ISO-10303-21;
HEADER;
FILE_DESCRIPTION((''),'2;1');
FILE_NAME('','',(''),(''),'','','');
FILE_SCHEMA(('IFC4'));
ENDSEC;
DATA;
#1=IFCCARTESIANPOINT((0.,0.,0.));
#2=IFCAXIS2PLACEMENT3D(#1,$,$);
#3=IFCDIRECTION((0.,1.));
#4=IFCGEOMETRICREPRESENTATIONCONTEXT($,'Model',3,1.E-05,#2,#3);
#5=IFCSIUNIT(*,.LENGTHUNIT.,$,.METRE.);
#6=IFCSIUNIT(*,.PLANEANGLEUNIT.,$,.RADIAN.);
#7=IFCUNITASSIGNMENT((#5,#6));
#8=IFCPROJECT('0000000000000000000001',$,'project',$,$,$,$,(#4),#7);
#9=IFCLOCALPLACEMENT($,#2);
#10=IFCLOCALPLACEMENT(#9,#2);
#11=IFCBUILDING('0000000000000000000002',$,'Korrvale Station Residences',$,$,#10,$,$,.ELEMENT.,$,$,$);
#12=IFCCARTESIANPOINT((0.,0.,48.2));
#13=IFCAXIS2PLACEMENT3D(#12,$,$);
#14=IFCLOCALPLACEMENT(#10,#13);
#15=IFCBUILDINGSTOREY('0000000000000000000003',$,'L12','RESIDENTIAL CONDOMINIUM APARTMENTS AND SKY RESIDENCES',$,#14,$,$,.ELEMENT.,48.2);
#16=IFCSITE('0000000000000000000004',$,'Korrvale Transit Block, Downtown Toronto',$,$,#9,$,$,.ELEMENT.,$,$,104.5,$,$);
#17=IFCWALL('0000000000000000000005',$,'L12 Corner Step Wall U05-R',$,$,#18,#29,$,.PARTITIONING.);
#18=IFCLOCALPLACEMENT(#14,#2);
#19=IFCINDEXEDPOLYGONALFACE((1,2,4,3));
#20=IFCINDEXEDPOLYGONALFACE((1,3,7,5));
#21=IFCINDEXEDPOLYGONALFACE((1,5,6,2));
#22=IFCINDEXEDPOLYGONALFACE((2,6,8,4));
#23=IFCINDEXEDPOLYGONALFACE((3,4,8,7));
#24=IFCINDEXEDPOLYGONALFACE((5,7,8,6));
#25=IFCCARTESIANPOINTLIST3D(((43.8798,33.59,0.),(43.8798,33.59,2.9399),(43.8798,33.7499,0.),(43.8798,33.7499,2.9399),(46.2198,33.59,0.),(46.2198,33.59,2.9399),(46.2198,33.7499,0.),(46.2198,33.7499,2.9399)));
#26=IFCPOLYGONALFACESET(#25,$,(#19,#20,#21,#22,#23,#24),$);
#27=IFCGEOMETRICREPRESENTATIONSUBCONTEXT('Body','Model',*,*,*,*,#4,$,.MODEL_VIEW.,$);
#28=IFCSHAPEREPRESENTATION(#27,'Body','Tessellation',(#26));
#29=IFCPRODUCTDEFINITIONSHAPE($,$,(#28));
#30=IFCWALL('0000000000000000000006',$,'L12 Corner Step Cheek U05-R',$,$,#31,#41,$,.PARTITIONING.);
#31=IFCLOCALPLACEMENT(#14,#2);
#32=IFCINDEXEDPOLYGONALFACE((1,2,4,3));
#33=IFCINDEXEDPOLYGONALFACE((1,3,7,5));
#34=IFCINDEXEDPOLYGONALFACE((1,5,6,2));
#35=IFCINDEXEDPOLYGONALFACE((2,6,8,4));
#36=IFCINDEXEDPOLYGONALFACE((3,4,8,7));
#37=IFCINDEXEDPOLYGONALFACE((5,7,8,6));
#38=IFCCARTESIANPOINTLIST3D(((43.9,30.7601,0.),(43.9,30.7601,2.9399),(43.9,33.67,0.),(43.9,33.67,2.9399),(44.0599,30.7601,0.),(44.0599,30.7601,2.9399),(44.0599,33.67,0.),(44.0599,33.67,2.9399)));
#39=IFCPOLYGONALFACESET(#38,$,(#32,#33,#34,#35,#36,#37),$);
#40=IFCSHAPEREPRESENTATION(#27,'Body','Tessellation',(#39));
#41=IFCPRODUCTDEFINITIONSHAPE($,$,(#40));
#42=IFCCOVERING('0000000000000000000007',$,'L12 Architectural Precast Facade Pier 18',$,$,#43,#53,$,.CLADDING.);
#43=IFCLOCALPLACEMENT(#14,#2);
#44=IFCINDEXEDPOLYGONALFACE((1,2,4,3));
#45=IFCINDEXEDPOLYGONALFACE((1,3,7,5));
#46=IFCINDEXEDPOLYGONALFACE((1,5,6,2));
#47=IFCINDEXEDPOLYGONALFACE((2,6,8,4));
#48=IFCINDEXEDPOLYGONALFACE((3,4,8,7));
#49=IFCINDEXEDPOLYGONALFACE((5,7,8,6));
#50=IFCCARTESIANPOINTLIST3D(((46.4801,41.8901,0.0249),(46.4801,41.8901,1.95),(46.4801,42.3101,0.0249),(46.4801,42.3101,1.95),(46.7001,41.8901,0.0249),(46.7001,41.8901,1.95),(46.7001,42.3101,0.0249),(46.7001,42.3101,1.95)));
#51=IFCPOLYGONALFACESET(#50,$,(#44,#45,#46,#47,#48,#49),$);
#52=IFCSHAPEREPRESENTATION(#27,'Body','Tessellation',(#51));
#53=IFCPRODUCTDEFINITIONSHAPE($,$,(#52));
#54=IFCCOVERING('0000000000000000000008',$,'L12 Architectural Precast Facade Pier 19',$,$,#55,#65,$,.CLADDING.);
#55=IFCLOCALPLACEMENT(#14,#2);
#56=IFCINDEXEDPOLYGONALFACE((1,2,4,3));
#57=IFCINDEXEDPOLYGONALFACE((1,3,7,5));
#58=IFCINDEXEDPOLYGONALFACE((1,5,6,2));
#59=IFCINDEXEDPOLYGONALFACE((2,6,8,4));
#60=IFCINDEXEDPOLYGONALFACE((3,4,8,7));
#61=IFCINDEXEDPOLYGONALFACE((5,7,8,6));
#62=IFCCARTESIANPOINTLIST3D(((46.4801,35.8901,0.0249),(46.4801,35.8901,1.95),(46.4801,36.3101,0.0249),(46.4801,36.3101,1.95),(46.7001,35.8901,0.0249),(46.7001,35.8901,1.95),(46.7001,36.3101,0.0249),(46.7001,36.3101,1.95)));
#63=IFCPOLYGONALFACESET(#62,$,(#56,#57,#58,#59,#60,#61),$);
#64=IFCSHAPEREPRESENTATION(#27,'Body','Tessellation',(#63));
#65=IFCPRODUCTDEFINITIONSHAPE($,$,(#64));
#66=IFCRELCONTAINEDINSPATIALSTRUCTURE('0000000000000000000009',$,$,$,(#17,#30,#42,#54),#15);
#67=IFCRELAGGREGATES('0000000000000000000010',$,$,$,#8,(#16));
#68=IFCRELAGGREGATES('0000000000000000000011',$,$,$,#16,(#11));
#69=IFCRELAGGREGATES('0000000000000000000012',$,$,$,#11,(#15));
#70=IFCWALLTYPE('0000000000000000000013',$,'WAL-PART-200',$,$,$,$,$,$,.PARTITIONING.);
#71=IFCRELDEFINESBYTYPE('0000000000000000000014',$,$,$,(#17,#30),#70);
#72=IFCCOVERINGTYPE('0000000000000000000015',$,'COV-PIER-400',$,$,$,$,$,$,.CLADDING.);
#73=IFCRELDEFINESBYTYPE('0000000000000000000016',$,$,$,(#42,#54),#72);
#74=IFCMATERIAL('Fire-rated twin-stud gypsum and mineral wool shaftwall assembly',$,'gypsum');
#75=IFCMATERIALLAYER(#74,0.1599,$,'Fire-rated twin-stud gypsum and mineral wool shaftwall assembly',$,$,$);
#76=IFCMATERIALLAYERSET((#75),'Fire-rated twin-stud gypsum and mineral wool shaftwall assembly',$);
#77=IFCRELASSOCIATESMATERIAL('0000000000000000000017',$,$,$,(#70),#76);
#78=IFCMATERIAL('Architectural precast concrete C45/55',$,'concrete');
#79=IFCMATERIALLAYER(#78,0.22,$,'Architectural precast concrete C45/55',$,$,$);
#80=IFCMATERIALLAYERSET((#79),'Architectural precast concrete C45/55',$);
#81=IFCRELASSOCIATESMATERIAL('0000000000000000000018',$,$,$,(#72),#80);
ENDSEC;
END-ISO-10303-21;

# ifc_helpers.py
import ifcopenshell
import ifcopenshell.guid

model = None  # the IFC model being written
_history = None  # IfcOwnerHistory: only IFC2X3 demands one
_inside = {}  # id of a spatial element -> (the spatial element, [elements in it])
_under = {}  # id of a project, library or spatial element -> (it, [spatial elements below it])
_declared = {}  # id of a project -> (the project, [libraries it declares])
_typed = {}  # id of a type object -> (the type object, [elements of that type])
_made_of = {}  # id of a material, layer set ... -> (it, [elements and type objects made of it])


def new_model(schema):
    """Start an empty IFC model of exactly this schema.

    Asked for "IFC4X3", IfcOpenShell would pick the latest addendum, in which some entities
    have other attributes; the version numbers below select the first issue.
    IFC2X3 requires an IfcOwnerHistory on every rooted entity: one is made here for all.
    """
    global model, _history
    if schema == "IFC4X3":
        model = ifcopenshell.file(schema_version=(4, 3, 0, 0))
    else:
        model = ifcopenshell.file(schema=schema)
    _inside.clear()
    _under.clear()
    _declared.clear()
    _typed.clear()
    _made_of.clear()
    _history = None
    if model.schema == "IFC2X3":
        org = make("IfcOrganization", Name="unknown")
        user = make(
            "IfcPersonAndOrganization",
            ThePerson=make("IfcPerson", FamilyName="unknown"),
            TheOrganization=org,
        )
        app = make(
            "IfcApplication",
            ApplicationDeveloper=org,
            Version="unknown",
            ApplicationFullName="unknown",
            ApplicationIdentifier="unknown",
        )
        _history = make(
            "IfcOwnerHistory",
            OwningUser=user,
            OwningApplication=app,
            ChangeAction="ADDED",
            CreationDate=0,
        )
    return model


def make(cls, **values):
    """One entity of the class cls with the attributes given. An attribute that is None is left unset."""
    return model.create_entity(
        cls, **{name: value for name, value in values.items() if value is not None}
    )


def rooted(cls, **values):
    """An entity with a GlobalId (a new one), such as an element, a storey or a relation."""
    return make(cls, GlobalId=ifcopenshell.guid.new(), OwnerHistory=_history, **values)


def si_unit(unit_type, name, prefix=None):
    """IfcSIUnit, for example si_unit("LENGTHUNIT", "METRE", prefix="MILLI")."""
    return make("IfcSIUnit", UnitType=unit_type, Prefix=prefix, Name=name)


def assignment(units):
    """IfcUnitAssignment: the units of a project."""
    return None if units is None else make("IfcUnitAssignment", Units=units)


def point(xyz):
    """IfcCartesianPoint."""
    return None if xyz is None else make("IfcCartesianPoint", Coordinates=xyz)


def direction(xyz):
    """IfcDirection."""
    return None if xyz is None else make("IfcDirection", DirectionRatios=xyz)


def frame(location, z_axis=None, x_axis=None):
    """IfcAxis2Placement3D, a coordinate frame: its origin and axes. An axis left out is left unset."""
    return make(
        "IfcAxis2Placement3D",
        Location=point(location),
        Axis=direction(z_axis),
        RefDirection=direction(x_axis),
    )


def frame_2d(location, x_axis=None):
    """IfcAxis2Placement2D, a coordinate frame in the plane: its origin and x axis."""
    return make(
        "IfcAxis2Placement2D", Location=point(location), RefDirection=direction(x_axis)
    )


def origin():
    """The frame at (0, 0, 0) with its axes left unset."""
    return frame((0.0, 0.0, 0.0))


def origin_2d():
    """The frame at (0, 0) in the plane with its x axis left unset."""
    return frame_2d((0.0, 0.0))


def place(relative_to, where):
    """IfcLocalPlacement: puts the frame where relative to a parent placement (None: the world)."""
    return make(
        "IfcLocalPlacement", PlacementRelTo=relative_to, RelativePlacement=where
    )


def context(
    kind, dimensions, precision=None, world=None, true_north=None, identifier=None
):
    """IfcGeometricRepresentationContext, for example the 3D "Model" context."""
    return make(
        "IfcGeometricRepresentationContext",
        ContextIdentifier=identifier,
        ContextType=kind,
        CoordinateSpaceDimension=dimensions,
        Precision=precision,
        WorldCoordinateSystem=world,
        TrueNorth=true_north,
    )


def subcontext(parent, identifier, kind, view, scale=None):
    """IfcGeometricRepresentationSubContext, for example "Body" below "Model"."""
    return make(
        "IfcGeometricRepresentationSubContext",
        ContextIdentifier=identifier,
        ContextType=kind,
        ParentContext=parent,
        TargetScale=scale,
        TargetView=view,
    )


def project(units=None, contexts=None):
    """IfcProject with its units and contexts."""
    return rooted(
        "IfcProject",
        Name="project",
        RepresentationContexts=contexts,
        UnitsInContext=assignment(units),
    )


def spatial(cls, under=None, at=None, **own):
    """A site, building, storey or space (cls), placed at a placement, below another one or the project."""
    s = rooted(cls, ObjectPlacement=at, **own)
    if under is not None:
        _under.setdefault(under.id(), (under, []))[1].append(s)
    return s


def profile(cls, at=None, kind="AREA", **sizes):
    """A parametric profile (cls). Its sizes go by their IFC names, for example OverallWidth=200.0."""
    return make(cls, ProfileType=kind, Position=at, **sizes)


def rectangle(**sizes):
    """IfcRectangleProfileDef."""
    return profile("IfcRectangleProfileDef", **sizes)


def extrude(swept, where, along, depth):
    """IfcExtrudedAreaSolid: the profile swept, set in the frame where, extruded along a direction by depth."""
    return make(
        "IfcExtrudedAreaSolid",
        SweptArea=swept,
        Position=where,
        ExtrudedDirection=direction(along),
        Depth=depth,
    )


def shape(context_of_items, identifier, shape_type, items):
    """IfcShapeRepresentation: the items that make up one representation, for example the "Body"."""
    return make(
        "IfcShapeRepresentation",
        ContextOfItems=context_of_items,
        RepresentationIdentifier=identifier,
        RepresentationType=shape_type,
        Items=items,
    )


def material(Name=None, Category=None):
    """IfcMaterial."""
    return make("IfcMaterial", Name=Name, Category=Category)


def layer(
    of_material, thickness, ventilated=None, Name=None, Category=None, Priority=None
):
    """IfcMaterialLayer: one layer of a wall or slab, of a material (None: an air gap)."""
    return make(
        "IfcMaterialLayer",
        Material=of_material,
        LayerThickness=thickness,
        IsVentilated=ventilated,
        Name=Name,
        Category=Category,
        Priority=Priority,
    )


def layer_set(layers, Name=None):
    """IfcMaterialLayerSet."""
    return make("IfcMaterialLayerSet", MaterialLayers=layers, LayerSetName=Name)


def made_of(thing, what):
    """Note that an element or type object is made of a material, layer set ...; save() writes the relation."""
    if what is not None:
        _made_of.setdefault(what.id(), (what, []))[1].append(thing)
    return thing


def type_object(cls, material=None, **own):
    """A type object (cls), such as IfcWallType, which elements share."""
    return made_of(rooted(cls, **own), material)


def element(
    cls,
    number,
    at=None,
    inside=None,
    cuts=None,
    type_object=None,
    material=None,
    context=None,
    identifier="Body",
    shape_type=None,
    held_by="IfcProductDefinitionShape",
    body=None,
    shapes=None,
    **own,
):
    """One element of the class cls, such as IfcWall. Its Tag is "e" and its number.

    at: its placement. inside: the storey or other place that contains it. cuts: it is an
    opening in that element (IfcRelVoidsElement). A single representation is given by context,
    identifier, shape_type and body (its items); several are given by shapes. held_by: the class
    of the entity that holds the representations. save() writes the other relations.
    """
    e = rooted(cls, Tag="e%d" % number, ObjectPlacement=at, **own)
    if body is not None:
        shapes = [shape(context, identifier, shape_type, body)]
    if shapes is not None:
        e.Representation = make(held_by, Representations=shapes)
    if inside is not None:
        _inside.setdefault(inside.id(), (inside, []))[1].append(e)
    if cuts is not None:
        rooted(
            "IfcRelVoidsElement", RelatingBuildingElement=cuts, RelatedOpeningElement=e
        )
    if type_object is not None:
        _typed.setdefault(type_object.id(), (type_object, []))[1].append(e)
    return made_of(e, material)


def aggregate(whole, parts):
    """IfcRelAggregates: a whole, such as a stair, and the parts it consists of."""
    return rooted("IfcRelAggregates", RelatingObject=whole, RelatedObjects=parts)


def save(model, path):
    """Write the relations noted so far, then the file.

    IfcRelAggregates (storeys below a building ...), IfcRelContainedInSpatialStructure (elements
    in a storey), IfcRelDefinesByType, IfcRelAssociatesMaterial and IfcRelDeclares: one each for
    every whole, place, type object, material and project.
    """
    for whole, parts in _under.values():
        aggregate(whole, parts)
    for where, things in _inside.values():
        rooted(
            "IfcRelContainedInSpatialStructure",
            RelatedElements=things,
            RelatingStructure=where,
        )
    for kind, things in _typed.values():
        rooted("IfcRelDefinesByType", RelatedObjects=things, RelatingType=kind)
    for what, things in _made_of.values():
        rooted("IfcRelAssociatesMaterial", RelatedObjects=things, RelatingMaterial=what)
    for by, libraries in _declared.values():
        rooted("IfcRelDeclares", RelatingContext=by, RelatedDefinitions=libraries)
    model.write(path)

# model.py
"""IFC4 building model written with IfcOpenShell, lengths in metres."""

from ifc_helpers import new_model, si_unit, direction, frame, frame_2d, origin, origin_2d, place, context, subcontext, project, spatial, rectangle, extrude, material, layer, layer_set, type_object, element, save


model = new_model("IFC4")

# Units and contexts
model_context = context("Model", 3, precision=1e-05, world=origin(), true_north=direction((0.0, 1.0)))
body_context = subcontext(model_context, "Body", "Model", "MODEL_VIEW")
ifc_project = project(units=[si_unit("LENGTHUNIT", "METRE"), si_unit("PLANEANGLEUNIT", "RADIAN")], contexts=[model_context])

# Site, building, storey
site_placement = place(None, origin())
site = spatial("IfcSite", under=ifc_project, at=site_placement, Name="Korrvale Transit Block, Downtown Toronto", CompositionType="ELEMENT", RefElevation=104.5)
building_placement = place(site_placement, origin())
building = spatial("IfcBuilding", under=site, at=building_placement, Name="Korrvale Station Residences", CompositionType="ELEMENT")
storey_placement = place(building_placement, frame((0.0, 0.0, 48.2)))
storey = spatial("IfcBuildingStorey", under=building, at=storey_placement, Name="L12", Description="RESIDENTIAL CONDOMINIUM APARTMENTS AND SKY RESIDENCES", CompositionType="ELEMENT", Elevation=48.2)

# Walls
ifc_material_1 = material(Name="Fire-rated twin-stud gypsum and mineral wool shaftwall assembly", Category="gypsum")
ifc_layer_1 = layer(ifc_material_1, 0.1599, Name="Fire-rated twin-stud gypsum and mineral wool shaftwall assembly")
ifc_layer_set_1 = layer_set([ifc_layer_1], Name="Fire-rated twin-stud gypsum and mineral wool shaftwall assembly")
wall_type_1 = type_object("IfcWallType", Name="WAL-PART-200", PredefinedType="PARTITIONING", material=ifc_layer_set_1)
wall_1_placement = place(storey_placement, frame((43.8799, 33.6699, 0.0), z_axis=(0.0, 0.0, 1.0), x_axis=(1.0, 0.0, 0.0)))
element("IfcWall", 1, at=wall_1_placement, inside=storey, type_object=wall_type_1, Name="L12 Corner Step Wall U05-R", PredefinedType="PARTITIONING", context=body_context, shape_type="SweptSolid", body=[
    extrude(rectangle(XDim=2.3401, YDim=0.1599, at=frame_2d((1.1699, 0.0))), origin(), (0.0, 0.0, 1.0), 2.9399),
])
wall_2_placement = place(storey_placement, frame((43.98, 30.76, 0.0), z_axis=(0.0, 0.0, 1.0), x_axis=(0.0, 1.0, 0.0)))
element("IfcWall", 2, at=wall_2_placement, inside=storey, type_object=wall_type_1, Name="L12 Corner Step Cheek U05-R", PredefinedType="PARTITIONING", context=body_context, shape_type="SweptSolid", body=[
    extrude(rectangle(XDim=2.9099, YDim=0.1599, at=frame_2d((1.4551, 0.0))), origin(), (0.0, 0.0, 1.0), 2.9399),
])

# Coverings
ifc_material_2 = material(Name="Architectural precast concrete C45/55", Category="concrete")
ifc_layer_2 = layer(ifc_material_2, 0.22, Name="Architectural precast concrete C45/55")
ifc_layer_set_2 = layer_set([ifc_layer_2], Name="Architectural precast concrete C45/55")
covering_type = type_object("IfcCoveringType", Name="COV-PIER-400", PredefinedType="CLADDING", material=ifc_layer_set_2)
for number, where, z_axis, x_axis, name in (
    (3, (46.5901, 42.1001, 0.0249), (0.0, 0.0, 1.0), (0.0, 1.0, 0.0), "L12 Architectural Precast Facade Pier 18"),
    (4, (46.5901, 36.1001, 0.0249), (0.0, 0.0, 1.0), (0.0, 1.0, 0.0), "L12 Architectural Precast Facade Pier 19"),
):
    element("IfcCovering", number, at=place(storey_placement, frame(where, z_axis=z_axis, x_axis=x_axis)), inside=storey, type_object=covering_type, Name=name, PredefinedType="CLADDING", context=body_context, shape_type="SweptSolid", body=[
        extrude(rectangle(XDim=0.4199, YDim=0.22, at=origin_2d()), origin(), (0.0, 0.0, 1.0), 1.925),
    ])

save(model, "model.ifc")
